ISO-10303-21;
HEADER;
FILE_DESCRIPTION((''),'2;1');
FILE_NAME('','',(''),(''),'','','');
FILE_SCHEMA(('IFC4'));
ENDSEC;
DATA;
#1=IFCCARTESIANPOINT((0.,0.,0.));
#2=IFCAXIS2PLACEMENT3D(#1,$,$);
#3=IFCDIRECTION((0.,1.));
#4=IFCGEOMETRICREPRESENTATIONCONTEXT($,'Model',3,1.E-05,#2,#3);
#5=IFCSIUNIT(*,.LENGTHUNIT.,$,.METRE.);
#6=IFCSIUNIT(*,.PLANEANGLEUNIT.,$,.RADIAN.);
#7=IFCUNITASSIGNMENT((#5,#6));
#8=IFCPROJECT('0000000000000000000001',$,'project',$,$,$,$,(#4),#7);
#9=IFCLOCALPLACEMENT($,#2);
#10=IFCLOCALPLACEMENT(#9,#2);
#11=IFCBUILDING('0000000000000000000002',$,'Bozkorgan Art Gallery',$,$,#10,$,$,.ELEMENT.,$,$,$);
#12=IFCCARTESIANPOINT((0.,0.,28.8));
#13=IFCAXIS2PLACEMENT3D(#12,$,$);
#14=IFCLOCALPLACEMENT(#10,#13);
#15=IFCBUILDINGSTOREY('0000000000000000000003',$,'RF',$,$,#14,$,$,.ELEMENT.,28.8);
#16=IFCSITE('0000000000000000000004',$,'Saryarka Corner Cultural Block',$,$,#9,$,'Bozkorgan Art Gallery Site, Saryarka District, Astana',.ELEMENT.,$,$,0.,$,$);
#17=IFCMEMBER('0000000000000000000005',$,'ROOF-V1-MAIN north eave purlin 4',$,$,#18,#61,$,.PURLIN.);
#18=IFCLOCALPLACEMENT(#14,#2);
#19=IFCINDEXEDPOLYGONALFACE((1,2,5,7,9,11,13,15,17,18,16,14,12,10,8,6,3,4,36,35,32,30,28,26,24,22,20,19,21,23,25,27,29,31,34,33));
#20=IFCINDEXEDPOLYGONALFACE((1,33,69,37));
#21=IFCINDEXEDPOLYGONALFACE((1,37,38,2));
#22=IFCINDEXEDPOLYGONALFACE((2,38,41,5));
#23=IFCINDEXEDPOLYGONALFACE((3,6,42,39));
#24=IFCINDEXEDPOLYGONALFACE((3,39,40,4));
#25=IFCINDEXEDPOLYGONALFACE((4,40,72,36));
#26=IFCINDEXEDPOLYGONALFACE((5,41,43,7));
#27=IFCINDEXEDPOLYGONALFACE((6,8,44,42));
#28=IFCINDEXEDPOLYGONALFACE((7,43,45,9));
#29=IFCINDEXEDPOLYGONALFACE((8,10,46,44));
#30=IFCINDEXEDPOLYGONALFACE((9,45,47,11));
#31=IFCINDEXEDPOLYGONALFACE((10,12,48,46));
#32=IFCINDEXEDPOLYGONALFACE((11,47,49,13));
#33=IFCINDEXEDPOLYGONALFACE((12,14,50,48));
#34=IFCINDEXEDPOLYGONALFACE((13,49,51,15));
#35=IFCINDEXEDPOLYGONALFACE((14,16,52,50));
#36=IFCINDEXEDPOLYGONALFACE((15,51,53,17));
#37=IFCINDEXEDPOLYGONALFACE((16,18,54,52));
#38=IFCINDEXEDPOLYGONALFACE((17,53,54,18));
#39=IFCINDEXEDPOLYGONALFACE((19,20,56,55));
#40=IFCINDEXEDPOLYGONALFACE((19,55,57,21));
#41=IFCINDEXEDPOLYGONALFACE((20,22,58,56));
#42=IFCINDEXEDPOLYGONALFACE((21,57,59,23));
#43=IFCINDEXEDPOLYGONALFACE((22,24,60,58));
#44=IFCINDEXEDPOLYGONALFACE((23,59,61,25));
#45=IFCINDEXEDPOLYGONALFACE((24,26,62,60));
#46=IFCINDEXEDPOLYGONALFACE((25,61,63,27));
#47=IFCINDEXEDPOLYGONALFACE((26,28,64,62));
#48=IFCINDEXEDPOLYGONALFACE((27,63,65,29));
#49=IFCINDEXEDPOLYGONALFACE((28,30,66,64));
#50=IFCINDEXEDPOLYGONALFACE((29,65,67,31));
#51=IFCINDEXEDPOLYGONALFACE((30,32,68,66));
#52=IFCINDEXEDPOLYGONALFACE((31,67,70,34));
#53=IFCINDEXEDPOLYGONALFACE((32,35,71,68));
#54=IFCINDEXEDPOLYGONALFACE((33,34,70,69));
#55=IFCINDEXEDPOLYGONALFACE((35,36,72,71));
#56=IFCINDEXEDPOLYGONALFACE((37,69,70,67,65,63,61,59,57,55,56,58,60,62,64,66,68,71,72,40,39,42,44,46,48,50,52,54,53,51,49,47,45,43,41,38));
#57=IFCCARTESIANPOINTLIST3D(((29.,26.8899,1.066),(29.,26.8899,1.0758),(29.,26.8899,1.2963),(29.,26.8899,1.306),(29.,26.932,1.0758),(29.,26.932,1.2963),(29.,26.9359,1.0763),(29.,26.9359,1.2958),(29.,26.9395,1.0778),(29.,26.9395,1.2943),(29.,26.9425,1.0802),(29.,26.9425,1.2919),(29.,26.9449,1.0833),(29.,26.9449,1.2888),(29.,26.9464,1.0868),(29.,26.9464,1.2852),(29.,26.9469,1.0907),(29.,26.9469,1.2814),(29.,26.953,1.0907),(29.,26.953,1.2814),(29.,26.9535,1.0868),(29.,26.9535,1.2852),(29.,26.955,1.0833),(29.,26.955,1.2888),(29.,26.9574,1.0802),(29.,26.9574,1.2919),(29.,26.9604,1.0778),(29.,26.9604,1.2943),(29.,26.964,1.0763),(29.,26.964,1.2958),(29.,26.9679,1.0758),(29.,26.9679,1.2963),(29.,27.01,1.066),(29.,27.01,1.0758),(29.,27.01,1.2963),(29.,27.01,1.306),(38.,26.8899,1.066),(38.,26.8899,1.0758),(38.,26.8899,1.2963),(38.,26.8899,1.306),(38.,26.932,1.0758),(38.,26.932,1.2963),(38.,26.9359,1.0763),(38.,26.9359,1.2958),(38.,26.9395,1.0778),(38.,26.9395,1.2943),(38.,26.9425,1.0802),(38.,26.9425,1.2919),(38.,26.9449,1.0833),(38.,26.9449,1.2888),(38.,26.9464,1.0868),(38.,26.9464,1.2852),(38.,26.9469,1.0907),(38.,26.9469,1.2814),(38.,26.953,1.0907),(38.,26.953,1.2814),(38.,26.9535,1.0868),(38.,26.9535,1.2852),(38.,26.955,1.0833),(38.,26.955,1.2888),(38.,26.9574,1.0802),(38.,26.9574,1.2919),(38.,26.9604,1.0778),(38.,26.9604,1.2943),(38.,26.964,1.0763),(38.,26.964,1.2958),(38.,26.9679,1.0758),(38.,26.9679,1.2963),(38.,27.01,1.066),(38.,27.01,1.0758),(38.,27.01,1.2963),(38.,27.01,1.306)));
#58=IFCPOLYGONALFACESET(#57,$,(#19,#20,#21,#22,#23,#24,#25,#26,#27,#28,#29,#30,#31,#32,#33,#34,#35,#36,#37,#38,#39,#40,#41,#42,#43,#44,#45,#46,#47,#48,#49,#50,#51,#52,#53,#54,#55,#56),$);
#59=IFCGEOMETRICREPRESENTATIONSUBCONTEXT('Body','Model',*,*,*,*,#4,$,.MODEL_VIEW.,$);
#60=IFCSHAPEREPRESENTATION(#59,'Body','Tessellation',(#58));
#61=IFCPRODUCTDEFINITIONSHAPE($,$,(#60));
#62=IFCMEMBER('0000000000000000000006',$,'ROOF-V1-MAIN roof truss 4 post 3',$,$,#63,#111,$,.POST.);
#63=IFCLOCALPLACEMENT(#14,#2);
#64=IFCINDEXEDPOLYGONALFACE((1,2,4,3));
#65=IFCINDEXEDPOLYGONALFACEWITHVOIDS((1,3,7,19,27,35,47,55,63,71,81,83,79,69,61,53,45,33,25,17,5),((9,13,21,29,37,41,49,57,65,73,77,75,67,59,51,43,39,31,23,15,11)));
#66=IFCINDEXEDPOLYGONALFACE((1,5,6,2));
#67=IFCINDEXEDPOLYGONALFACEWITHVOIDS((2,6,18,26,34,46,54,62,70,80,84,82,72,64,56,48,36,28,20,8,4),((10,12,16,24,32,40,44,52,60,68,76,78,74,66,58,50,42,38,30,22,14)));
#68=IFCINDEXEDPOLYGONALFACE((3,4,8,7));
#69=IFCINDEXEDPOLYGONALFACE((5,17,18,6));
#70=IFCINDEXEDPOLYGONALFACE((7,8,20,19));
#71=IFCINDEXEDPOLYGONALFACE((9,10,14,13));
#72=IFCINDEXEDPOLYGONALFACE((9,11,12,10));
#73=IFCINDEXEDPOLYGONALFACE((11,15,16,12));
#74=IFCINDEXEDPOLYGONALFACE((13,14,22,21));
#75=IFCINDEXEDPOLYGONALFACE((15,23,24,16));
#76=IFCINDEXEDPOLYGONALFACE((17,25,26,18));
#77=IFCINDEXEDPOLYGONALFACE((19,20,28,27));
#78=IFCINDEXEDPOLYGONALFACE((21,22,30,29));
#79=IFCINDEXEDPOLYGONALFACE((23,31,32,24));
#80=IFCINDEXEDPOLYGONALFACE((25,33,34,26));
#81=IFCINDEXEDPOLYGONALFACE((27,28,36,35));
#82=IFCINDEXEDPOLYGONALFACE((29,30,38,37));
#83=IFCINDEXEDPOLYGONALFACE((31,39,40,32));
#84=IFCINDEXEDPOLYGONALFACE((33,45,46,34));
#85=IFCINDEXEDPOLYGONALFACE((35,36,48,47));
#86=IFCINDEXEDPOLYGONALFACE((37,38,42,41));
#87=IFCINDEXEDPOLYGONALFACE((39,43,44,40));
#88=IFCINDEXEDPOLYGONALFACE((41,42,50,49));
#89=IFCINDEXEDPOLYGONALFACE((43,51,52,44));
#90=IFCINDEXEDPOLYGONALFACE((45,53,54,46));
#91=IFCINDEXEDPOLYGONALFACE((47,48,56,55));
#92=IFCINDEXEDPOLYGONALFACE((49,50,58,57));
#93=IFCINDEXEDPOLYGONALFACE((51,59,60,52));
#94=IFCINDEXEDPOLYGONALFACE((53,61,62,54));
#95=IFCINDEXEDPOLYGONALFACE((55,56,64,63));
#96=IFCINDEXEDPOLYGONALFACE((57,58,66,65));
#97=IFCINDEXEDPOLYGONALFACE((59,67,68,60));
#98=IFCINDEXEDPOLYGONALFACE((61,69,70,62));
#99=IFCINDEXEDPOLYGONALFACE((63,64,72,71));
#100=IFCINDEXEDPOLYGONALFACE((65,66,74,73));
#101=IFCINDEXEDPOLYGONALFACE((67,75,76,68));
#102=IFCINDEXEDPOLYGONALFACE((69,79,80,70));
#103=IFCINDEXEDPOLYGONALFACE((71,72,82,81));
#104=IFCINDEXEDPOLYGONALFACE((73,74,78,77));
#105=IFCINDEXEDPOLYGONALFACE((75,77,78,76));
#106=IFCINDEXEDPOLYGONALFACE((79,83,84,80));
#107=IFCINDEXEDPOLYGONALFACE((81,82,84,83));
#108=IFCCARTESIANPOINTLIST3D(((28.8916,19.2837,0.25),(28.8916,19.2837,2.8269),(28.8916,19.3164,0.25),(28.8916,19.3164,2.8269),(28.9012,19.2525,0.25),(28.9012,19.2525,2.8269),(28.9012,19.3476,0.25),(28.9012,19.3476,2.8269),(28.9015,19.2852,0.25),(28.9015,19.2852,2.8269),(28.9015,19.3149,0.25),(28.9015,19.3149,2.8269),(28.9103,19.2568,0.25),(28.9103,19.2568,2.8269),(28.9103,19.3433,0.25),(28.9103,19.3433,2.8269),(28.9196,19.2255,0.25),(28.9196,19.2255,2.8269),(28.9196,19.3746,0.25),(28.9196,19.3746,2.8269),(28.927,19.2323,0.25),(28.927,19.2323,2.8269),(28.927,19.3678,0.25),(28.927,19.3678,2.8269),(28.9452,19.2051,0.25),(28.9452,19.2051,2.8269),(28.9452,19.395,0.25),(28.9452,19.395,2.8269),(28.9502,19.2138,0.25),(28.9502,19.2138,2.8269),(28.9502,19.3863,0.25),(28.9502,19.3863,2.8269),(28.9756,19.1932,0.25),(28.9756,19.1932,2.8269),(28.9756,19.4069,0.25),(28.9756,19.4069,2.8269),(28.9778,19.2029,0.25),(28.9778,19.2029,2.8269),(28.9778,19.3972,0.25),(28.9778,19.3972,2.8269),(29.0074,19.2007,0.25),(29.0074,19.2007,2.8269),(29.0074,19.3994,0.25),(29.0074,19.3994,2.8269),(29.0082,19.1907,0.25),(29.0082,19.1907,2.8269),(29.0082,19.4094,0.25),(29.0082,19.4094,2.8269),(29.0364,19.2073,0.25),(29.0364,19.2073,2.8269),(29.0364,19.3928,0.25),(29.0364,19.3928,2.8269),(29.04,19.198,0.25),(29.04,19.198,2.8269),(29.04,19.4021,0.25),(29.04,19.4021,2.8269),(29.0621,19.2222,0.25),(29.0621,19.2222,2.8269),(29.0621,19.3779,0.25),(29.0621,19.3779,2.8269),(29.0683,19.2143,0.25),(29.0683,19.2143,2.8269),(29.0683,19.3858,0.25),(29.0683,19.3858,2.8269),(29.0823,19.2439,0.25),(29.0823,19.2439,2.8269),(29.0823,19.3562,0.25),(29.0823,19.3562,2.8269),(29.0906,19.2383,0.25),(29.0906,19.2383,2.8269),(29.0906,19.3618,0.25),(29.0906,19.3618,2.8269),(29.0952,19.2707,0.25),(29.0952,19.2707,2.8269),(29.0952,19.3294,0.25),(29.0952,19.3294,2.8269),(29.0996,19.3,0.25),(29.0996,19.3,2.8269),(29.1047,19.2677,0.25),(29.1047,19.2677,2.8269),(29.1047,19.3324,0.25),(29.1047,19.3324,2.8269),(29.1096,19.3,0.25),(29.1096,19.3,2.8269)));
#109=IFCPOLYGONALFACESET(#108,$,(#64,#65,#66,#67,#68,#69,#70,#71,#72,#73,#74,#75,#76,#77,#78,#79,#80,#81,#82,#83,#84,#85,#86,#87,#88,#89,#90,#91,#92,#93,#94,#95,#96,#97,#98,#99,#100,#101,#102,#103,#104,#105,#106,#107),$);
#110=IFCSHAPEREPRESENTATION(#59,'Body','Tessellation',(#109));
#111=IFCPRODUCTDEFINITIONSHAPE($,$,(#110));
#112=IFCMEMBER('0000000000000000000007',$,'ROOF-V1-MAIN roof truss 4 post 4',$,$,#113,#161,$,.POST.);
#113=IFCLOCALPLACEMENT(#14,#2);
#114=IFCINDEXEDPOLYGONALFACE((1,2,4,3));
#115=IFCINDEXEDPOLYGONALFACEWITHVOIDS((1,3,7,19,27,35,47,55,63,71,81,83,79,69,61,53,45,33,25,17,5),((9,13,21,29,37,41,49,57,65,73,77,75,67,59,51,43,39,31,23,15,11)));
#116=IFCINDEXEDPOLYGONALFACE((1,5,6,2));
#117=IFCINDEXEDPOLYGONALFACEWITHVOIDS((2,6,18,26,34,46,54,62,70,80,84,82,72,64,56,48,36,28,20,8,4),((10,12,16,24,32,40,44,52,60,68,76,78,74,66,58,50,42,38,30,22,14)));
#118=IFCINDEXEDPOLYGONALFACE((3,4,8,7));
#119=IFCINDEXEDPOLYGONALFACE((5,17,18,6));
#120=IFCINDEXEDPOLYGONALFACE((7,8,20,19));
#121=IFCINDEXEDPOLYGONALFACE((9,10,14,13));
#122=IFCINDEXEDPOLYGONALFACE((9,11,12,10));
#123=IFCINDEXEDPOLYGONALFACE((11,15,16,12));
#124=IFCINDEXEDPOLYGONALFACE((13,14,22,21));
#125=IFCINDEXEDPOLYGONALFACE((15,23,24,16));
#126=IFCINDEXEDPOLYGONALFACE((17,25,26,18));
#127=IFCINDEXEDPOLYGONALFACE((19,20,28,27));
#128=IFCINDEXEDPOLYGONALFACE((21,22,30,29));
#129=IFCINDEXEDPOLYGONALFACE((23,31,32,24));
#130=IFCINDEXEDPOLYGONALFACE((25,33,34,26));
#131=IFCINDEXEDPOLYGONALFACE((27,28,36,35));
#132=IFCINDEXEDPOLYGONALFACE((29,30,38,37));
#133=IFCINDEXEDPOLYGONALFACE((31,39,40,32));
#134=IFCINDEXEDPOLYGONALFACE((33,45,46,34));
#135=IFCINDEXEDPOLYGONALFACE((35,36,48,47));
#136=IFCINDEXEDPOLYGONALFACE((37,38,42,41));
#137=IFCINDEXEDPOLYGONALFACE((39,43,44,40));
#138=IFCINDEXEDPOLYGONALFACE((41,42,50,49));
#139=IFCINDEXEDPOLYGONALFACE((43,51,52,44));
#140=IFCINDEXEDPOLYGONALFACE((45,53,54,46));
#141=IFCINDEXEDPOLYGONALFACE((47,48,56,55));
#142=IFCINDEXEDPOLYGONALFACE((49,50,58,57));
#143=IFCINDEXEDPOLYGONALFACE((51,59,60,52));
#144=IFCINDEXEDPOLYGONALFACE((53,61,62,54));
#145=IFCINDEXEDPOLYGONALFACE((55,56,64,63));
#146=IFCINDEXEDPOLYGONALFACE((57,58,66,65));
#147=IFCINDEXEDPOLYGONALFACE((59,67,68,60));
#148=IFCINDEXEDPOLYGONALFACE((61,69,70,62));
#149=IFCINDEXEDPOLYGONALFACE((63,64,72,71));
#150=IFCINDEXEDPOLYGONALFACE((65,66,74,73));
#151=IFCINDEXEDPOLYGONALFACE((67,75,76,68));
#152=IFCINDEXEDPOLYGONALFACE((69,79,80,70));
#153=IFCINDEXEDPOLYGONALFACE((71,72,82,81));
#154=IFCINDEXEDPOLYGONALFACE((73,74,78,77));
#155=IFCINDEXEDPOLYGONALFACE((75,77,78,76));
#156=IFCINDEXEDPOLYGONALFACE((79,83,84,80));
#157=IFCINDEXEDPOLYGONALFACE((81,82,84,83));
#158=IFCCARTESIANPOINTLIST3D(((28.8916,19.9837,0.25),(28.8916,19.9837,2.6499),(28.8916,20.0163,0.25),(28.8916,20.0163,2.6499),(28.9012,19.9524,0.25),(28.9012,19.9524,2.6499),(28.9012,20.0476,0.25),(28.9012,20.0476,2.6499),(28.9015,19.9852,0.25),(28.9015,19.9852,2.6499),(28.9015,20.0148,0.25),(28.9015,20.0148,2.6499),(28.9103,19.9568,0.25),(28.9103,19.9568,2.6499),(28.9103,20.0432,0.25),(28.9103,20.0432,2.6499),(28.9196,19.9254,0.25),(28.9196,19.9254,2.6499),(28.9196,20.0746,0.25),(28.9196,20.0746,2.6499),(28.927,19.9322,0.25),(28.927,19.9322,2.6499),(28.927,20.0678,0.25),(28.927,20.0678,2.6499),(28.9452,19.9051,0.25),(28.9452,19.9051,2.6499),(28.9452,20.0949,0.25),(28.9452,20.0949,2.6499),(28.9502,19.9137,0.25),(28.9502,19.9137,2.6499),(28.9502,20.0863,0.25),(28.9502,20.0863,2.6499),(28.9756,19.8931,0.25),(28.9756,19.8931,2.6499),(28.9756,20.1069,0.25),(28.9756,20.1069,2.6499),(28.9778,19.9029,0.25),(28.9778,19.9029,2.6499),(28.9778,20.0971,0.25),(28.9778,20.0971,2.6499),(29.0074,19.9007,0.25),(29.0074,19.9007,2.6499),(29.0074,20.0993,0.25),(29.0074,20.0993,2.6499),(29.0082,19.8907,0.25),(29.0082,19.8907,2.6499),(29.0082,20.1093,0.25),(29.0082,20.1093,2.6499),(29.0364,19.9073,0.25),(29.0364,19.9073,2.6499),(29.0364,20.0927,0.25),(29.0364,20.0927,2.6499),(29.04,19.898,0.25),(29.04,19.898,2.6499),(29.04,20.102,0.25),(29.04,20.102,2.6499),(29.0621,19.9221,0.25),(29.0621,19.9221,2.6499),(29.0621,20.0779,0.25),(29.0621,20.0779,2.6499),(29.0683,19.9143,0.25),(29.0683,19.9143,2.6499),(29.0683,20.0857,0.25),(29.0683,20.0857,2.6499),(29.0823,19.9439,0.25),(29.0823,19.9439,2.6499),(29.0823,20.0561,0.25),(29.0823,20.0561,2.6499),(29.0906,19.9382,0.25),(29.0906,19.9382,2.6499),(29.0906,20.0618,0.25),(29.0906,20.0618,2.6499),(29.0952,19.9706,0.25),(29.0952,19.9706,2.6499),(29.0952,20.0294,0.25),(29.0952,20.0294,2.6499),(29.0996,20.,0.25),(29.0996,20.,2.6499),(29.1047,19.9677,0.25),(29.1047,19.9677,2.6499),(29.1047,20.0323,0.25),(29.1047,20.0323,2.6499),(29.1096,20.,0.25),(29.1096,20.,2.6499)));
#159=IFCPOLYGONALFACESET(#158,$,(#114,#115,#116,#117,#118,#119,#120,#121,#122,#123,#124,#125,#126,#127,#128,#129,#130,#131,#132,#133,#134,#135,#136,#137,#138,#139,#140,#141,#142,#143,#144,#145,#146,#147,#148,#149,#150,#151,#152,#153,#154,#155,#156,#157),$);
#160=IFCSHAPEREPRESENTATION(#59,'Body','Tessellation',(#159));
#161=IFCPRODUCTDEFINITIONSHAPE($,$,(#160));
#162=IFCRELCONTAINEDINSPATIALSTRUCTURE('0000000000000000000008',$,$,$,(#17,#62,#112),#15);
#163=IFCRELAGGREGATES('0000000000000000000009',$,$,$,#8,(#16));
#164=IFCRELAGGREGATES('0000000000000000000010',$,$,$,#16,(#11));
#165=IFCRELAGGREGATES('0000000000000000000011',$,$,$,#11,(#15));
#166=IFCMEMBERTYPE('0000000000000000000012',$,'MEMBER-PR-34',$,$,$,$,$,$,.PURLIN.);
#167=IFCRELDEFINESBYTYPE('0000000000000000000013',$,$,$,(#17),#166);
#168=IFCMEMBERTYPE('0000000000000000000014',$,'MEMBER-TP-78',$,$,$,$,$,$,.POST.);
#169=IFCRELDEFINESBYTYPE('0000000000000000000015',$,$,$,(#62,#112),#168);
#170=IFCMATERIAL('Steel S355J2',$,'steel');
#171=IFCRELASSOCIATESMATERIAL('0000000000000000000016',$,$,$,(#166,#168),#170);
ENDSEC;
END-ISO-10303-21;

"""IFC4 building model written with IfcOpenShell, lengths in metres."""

from ifc_helpers import new_model, si_unit, direction, frame, origin, origin_2d, place, context, subcontext, project, spatial, hollow_circle, i_section, extrude, material, material_profile, profile_set, type_object, element, save


model = new_model("IFC4")

# Units and contexts
model_context = context("Model", 3, precision=1e-05, world=origin(), true_north=direction((0.0, 1.0)))
body_context = subcontext(model_context, "Body", "Model", "MODEL_VIEW")
ifc_project = project(units=[si_unit("LENGTHUNIT", "METRE"), si_unit("PLANEANGLEUNIT", "RADIAN")], contexts=[model_context])

# Site, building, storey
site_placement = place(None, origin())
site = spatial("IfcSite", under=ifc_project, at=site_placement, Name="Saryarka Corner Cultural Block", LongName="Bozkorgan Art Gallery Site, Saryarka District, Astana", CompositionType="ELEMENT", RefElevation=0.0)
building_placement = place(site_placement, origin())
building = spatial("IfcBuilding", under=site, at=building_placement, Name="Bozkorgan Art Gallery", CompositionType="ELEMENT")
storey_placement = place(building_placement, frame((0.0, 0.0, 28.8)))
storey = spatial("IfcBuildingStorey", under=building, at=storey_placement, Name="RF", CompositionType="ELEMENT", Elevation=28.8)

# Members
ifc_material_1 = material(Name="Steel S355J2", Category="steel")
ifc_material_profile_1 = material_profile(ifc_material_1, i_section(OverallWidth=0.1201, OverallDepth=0.24, WebThickness=0.0061, FlangeThickness=0.0098, FilletRadius=0.0149, at=origin_2d()), Name="IPE 240")
ifc_profile_set_1 = profile_set([ifc_material_profile_1], Name="Steel S355J2")
member_type_1 = type_object("IfcMemberType", Name="MEMBER-PR-34", PredefinedType="PURLIN", material=ifc_profile_set_1)
for number, where, z_axis, x_axis, name in (
    (1, (29.0, 26.95, 1.186), (1.0, 0.0, 0.0), (0.0, 1.0, 0.0), "ROOF-V1-MAIN north eave purlin 4"),
):
    element("IfcMember", number, at=place(storey_placement, frame(where, z_axis=z_axis, x_axis=x_axis)), inside=storey, type_object=member_type_1, Name=name, PredefinedType="PURLIN", context=body_context, shape_type="SweptSolid", body=[
        extrude(i_section(OverallWidth=0.1201, OverallDepth=0.24, WebThickness=0.0061, FlangeThickness=0.0098, FilletRadius=0.0149, at=origin_2d()), origin(), (0.0, 0.0, 1.0), 9.0),
    ])
ifc_material_profile_2 = material_profile(ifc_material_1, hollow_circle(Radius=0.1096, WallThickness=0.01, at=origin_2d()), Name="CHS 219.1x10")
ifc_profile_set_2 = profile_set([ifc_material_profile_2], Name="Steel S355J2")
member_type_2 = type_object("IfcMemberType", Name="MEMBER-TP-78", PredefinedType="POST", material=ifc_profile_set_2)
member_1_placement = place(storey_placement, frame((29.0, 19.3, 0.25), z_axis=(0.0, 0.0, 1.0), x_axis=(1.0, 0.0, 0.0)))
element("IfcMember", 2, at=member_1_placement, inside=storey, type_object=member_type_2, Name="ROOF-V1-MAIN roof truss 4 post 3", PredefinedType="POST", context=body_context, shape_type="SweptSolid", body=[
    extrude(hollow_circle(Radius=0.1096, WallThickness=0.01, at=origin_2d()), origin(), (0.0, 0.0, 1.0), 2.5769),
])
member_2_placement = place(storey_placement, frame((29.0, 20.0, 0.25), z_axis=(0.0, 0.0, 1.0), x_axis=(1.0, 0.0, 0.0)))
element("IfcMember", 3, at=member_2_placement, inside=storey, type_object=member_type_2, Name="ROOF-V1-MAIN roof truss 4 post 4", PredefinedType="POST", context=body_context, shape_type="SweptSolid", body=[
    extrude(hollow_circle(Radius=0.1096, WallThickness=0.01, at=origin_2d()), origin(), (0.0, 0.0, 1.0), 2.3999),
])

save(model, "model.ifc")
